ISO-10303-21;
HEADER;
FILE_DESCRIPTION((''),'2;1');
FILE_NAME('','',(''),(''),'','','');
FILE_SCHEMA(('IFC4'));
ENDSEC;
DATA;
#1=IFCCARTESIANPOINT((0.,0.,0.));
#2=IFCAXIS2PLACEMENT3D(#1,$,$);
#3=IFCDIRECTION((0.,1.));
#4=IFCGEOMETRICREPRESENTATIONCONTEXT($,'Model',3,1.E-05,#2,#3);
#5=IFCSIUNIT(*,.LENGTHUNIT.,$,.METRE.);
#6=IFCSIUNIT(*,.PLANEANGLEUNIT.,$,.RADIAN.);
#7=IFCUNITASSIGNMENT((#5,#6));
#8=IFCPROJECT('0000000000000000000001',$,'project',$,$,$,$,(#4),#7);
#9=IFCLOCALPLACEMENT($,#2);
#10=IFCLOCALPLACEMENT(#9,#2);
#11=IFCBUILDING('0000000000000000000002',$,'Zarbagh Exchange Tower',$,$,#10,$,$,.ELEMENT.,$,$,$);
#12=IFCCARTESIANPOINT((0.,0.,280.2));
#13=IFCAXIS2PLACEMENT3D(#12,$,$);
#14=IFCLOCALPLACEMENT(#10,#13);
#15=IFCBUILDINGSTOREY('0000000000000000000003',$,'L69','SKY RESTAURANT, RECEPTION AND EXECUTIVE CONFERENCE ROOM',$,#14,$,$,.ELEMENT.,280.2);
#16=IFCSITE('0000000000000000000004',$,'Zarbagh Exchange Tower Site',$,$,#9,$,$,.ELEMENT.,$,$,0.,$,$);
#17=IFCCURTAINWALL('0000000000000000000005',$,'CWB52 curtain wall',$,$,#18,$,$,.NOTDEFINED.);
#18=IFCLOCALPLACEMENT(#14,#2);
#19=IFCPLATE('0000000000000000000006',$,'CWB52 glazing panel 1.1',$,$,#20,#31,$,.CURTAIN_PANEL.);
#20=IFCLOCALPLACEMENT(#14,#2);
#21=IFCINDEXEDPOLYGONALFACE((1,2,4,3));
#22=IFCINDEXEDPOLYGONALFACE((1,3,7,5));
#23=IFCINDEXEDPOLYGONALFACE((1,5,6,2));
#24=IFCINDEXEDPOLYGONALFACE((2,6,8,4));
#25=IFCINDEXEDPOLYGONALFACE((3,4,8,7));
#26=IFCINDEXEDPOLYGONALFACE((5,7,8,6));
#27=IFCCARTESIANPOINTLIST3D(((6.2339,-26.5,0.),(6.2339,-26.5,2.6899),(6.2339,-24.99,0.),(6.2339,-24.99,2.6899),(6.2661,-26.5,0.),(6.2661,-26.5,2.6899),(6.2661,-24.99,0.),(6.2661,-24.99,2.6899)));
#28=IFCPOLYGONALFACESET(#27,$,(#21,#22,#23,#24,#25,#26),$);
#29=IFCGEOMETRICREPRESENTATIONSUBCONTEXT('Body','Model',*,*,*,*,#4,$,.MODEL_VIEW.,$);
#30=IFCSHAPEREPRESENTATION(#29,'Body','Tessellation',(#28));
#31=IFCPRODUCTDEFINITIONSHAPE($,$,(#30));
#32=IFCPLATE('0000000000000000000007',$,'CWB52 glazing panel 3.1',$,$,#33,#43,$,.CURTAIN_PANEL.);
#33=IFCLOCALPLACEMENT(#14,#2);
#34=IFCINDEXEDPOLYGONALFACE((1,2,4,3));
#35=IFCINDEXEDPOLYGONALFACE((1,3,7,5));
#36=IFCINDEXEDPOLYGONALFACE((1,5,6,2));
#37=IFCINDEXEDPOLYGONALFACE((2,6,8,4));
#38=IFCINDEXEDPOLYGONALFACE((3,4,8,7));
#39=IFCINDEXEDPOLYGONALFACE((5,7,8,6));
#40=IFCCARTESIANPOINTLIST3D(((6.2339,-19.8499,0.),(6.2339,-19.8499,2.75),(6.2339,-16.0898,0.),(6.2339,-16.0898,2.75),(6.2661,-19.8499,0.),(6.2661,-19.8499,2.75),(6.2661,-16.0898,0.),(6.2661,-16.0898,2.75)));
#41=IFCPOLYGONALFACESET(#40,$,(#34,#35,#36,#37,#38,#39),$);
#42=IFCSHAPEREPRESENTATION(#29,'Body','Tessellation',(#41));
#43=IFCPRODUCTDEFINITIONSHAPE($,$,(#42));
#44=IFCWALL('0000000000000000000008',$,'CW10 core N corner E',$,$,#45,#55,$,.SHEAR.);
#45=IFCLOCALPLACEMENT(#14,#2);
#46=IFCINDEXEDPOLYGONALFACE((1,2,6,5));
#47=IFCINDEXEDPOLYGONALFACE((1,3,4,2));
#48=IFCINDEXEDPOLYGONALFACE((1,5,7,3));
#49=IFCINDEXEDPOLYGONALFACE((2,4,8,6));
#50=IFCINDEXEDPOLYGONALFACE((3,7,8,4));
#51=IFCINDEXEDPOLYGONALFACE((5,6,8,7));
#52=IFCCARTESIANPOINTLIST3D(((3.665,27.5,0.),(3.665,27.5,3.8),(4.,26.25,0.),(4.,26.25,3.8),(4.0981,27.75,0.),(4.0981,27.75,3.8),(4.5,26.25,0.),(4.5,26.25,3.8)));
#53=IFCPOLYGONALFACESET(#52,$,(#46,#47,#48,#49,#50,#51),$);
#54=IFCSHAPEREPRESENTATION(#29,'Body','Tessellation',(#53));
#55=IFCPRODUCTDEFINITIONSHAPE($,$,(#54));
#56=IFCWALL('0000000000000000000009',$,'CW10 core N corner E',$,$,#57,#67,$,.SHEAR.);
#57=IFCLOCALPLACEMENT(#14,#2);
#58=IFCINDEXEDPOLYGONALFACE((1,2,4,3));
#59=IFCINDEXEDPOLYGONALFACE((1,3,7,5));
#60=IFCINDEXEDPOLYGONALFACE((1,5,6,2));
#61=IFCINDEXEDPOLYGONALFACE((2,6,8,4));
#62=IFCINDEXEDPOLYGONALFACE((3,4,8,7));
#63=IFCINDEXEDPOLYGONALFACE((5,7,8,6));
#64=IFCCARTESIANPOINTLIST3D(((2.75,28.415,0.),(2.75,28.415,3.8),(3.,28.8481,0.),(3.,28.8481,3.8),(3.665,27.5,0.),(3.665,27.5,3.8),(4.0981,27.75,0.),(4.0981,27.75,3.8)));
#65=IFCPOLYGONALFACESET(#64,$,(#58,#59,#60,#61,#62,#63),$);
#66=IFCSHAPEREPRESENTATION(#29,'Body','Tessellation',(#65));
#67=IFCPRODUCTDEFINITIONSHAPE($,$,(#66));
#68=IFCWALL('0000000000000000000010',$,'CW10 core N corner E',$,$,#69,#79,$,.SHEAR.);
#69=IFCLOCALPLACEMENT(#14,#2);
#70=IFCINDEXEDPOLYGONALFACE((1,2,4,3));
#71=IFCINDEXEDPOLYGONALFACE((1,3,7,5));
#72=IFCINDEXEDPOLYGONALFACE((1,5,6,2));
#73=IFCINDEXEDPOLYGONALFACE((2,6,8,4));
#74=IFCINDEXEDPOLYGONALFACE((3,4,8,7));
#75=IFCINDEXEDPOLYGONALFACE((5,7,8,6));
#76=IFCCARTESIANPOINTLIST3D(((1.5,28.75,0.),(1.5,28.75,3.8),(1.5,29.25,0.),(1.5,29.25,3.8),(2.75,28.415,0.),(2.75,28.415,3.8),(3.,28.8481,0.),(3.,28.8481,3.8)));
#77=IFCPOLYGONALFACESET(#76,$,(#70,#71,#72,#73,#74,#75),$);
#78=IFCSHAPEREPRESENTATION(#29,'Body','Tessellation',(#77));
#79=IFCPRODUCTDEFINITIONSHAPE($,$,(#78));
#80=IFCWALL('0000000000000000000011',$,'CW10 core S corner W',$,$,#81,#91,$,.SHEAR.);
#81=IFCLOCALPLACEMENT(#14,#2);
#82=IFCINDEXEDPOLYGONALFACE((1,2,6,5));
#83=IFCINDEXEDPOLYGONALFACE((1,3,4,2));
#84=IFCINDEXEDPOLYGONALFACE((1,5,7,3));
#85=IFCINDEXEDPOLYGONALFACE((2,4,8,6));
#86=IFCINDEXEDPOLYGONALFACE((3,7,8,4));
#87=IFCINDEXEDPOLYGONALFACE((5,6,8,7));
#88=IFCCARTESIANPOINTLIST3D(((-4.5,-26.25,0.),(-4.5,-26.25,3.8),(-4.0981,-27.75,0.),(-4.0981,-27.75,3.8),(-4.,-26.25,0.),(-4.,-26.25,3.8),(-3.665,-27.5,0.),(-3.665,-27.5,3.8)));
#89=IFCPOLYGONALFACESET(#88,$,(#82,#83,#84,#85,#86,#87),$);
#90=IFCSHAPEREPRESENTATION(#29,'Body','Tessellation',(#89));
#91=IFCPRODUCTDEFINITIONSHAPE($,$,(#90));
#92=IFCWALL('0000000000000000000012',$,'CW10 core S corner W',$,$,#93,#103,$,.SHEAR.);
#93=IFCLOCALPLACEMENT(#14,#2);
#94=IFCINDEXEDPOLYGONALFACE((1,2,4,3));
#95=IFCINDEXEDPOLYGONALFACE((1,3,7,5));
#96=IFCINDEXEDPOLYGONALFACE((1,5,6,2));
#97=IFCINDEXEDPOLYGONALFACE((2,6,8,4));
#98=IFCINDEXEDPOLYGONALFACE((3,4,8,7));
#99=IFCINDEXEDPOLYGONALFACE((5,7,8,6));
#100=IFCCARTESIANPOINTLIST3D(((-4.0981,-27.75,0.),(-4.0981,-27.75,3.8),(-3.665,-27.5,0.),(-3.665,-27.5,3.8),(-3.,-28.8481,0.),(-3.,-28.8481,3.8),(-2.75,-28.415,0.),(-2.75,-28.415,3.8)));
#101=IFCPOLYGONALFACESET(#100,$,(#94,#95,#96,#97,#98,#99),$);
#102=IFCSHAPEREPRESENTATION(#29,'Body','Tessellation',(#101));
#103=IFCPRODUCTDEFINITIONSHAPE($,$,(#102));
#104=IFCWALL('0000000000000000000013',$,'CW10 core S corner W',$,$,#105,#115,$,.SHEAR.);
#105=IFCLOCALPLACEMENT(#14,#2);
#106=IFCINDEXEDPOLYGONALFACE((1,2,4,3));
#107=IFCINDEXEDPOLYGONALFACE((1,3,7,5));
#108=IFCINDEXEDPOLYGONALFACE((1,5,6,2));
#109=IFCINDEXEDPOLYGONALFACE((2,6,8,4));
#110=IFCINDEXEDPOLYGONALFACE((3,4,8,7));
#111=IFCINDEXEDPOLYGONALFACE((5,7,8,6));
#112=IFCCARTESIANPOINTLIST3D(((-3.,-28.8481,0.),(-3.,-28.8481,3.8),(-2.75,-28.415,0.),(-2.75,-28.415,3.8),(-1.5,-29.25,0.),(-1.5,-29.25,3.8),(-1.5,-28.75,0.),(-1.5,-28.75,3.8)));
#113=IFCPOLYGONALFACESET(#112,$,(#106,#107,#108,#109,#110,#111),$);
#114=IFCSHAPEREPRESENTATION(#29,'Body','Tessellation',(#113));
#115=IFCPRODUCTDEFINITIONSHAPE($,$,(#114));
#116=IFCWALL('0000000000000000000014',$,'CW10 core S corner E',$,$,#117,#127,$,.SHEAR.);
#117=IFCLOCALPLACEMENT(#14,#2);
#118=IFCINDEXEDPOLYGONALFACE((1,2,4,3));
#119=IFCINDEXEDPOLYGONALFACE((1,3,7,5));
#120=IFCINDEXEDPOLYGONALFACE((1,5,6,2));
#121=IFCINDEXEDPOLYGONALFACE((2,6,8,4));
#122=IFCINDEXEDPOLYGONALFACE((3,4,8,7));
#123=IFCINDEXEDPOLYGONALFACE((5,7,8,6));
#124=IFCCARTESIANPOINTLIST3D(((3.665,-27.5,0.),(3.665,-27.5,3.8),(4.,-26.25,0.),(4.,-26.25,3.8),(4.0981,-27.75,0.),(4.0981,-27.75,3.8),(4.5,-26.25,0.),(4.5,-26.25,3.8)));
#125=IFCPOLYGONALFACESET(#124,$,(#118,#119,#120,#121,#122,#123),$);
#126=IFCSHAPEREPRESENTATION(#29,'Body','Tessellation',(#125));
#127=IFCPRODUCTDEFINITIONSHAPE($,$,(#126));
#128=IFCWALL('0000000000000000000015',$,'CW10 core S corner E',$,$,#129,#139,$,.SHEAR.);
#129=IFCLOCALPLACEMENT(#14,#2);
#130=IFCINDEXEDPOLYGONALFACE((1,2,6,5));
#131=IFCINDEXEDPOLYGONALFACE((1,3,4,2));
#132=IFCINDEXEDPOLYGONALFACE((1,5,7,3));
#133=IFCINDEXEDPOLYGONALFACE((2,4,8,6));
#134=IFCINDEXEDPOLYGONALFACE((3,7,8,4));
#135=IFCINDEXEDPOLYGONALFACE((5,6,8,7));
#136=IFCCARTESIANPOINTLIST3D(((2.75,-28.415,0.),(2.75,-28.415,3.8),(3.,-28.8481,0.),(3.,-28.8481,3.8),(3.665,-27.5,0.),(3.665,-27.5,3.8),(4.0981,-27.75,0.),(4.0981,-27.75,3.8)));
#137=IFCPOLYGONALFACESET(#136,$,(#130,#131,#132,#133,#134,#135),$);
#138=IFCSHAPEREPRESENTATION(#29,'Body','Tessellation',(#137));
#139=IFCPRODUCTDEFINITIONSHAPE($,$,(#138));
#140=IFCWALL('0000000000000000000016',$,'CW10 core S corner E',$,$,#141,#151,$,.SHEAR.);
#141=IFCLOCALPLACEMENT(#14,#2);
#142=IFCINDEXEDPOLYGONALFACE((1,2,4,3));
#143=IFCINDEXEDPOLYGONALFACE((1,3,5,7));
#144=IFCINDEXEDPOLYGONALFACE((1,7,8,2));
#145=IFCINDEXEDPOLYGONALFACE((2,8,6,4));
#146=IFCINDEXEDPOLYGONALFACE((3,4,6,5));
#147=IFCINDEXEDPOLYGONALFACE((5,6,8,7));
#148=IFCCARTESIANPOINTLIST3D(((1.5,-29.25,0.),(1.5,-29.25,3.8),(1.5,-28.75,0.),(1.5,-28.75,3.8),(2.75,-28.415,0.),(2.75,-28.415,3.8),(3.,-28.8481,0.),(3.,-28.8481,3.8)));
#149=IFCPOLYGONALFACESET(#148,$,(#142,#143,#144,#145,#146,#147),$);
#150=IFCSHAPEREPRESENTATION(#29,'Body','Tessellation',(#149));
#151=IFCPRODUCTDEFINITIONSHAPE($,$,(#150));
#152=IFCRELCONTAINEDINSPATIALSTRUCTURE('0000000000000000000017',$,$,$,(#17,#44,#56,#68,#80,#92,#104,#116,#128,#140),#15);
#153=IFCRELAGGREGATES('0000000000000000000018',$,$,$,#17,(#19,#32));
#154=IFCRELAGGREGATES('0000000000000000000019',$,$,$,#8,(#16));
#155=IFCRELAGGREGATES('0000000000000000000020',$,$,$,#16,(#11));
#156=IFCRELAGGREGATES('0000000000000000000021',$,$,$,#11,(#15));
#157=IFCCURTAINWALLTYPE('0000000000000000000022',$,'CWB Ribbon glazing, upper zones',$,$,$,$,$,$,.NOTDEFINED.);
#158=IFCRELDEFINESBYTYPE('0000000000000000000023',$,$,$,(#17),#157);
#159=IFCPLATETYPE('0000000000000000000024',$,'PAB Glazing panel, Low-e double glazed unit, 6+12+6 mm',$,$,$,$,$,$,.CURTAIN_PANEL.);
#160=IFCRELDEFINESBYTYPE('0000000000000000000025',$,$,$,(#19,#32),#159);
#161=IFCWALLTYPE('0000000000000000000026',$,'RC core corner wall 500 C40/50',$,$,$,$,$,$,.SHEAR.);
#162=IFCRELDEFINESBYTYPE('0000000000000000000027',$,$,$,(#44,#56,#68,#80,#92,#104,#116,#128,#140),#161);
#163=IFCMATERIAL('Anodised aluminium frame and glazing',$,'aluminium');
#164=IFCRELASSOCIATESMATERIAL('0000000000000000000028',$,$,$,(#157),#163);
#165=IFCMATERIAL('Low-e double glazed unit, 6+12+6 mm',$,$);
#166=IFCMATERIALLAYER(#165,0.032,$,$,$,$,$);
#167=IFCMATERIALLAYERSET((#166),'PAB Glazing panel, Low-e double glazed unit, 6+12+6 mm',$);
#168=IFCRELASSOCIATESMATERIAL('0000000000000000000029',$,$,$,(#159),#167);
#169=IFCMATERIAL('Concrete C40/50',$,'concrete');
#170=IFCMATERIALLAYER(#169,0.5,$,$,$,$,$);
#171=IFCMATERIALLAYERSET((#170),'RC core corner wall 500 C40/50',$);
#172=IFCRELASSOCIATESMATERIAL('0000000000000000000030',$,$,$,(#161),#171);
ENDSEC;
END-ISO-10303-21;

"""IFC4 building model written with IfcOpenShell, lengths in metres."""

from ifc_helpers import new_model, si_unit, direction, frame, origin, place, context, subcontext, project, spatial, polyline, outline, extrude, source, transform, mapped, material, layer, layer_set, type_object, element, aggregate, save


model = new_model("IFC4")

# Units and contexts
model_context = context("Model", 3, precision=1e-05, world=origin(), true_north=direction((0.0, 1.0)))
body_context = subcontext(model_context, "Body", "Model", "MODEL_VIEW")
ifc_project = project(units=[si_unit("LENGTHUNIT", "METRE"), si_unit("PLANEANGLEUNIT", "RADIAN")], contexts=[model_context])

# Site, building, storey
site_placement = place(None, origin())
site = spatial("IfcSite", under=ifc_project, at=site_placement, Name="Zarbagh Exchange Tower Site", CompositionType="ELEMENT", RefElevation=0.0)
building_placement = place(site_placement, origin())
building = spatial("IfcBuilding", under=site, at=building_placement, Name="Zarbagh Exchange Tower", CompositionType="ELEMENT")
storey_placement = place(building_placement, frame((0.0, 0.0, 280.2)))
storey = spatial("IfcBuildingStorey", under=building, at=storey_placement, Name="L69", Description="SKY RESTAURANT, RECEPTION AND EXECUTIVE CONFERENCE ROOM", CompositionType="ELEMENT", Elevation=280.2)

# Shared definitions
ifc_material_1 = material(Name="Anodised aluminium frame and glazing", Category="aluminium")
curtain_wall_type = type_object("IfcCurtainWallType", Name="CWB Ribbon glazing, upper zones", PredefinedType="NOTDEFINED", material=ifc_material_1)
placement = place(storey_placement, origin())

# Curtain wall
curtain_wall_1_placement = place(storey_placement, origin())
curtain_wall_1 = element("IfcCurtainWall", 1, at=curtain_wall_1_placement, inside=storey, type_object=curtain_wall_type, Name="CWB52 curtain wall", PredefinedType="NOTDEFINED")

# Shared definitions
ifc_material_2 = material(Name="Concrete C40/50", Category="concrete")

# Shared definitions
ifc_material_3 = material(Name="Low-e double glazed unit, 6+12+6 mm")
ifc_layer_1 = layer(ifc_material_3, 0.032)
ifc_layer_set_1 = layer_set([ifc_layer_1], Name="PAB Glazing panel, Low-e double glazed unit, 6+12+6 mm")
plate_type = type_object("IfcPlateType", Name="PAB Glazing panel, Low-e double glazed unit, 6+12+6 mm", PredefinedType="CURTAIN_PANEL", material=ifc_layer_set_1)

# Plates
shared_shape_1 = source(origin(), body_context, "Body", "SweptSolid", [
    extrude(outline(polyline([(0.0, -0.0161), (1.51, -0.0161), (1.51, 0.0161), (0.0, 0.0161), (0.0, -0.0161)])), origin(), (0.0, 0.0, 1.0), 2.6899),
])
plate_1 = element("IfcPlate", 2, at=placement, type_object=plate_type, Name="CWB52 glazing panel 1.1", PredefinedType="CURTAIN_PANEL", context=body_context, shape_type="MappedRepresentation", body=[
    mapped(shared_shape_1, transform((6.25, -26.5, 0.0), x_axis=(0.0, 1.0, 0.0), y_axis=(-1.0, 0.0, 0.0), z_axis=(0.0, 0.0, 1.0))),
])
shared_shape_2 = source(origin(), body_context, "Body", "SweptSolid", [
    extrude(outline(polyline([(0.0, -0.0161), (3.76, -0.0161), (3.76, 0.0161), (0.0, 0.0161), (0.0, -0.0161)])), origin(), (0.0, 0.0, 1.0), 2.75),
])
plate_2 = element("IfcPlate", 3, at=placement, type_object=plate_type, Name="CWB52 glazing panel 3.1", PredefinedType="CURTAIN_PANEL", context=body_context, shape_type="MappedRepresentation", body=[
    mapped(shared_shape_2, transform((6.25, -19.8499, 0.0), x_axis=(0.0, 1.0, 0.0), y_axis=(-1.0, 0.0, 0.0), z_axis=(0.0, 0.0, 1.0))),
])
aggregate(curtain_wall_1, [plate_1, plate_2])

# Walls
ifc_layer_2 = layer(ifc_material_2, 0.5)
ifc_layer_set_2 = layer_set([ifc_layer_2], Name="RC core corner wall 500 C40/50")
wall_type = type_object("IfcWallType", Name="RC core corner wall 500 C40/50", PredefinedType="SHEAR", material=ifc_layer_set_2)
wall_1_placement = place(storey_placement, origin())
element("IfcWall", 4, at=wall_1_placement, inside=storey, type_object=wall_type, Name="CW10 core N corner E", PredefinedType="SHEAR", context=body_context, shape_type="SweptSolid", body=[
    extrude(outline(polyline([(4.5, 26.25), (4.0981, 27.75), (3.665, 27.5), (4.0, 26.25), (4.5, 26.25)])), origin(), (0.0, 0.0, 1.0), 3.8),
])
wall_2_placement = place(storey_placement, origin())
element("IfcWall", 5, at=wall_2_placement, inside=storey, type_object=wall_type, Name="CW10 core N corner E", PredefinedType="SHEAR", context=body_context, shape_type="SweptSolid", body=[
    extrude(outline(polyline([(4.0981, 27.75), (3.0, 28.8481), (2.75, 28.415), (3.665, 27.5), (4.0981, 27.75)])), origin(), (0.0, 0.0, 1.0), 3.8),
])
wall_3_placement = place(storey_placement, origin())
element("IfcWall", 6, at=wall_3_placement, inside=storey, type_object=wall_type, Name="CW10 core N corner E", PredefinedType="SHEAR", context=body_context, shape_type="SweptSolid", body=[
    extrude(outline(polyline([(3.0, 28.8481), (1.5, 29.25), (1.5, 28.75), (2.75, 28.415), (3.0, 28.8481)])), origin(), (0.0, 0.0, 1.0), 3.8),
])
wall_4_placement = place(storey_placement, origin())
element("IfcWall", 7, at=wall_4_placement, inside=storey, type_object=wall_type, Name="CW10 core S corner W", PredefinedType="SHEAR", context=body_context, shape_type="SweptSolid", body=[
    extrude(outline(polyline([(-4.5, -26.25), (-4.0981, -27.75), (-3.665, -27.5), (-4.0, -26.25), (-4.5, -26.25)])), origin(), (0.0, 0.0, 1.0), 3.8),
])
wall_5_placement = place(storey_placement, origin())
element("IfcWall", 8, at=wall_5_placement, inside=storey, type_object=wall_type, Name="CW10 core S corner W", PredefinedType="SHEAR", context=body_context, shape_type="SweptSolid", body=[
    extrude(outline(polyline([(-4.0981, -27.75), (-3.0, -28.8481), (-2.75, -28.415), (-3.665, -27.5), (-4.0981, -27.75)])), origin(), (0.0, 0.0, 1.0), 3.8),
])
wall_6_placement = place(storey_placement, origin())
element("IfcWall", 9, at=wall_6_placement, inside=storey, type_object=wall_type, Name="CW10 core S corner W", PredefinedType="SHEAR", context=body_context, shape_type="SweptSolid", body=[
    extrude(outline(polyline([(-3.0, -28.8481), (-1.5, -29.25), (-1.5, -28.75), (-2.75, -28.415), (-3.0, -28.8481)])), origin(), (0.0, 0.0, 1.0), 3.8),
])
wall_7_placement = place(storey_placement, origin())
element("IfcWall", 10, at=wall_7_placement, inside=storey, type_object=wall_type, Name="CW10 core S corner E", PredefinedType="SHEAR", context=body_context, shape_type="SweptSolid", body=[
    extrude(outline(polyline([(4.5, -26.25), (4.0981, -27.75), (3.665, -27.5), (4.0, -26.25), (4.5, -26.25)])), origin(), (0.0, 0.0, 1.0), 3.8),
])
wall_8_placement = place(storey_placement, origin())
element("IfcWall", 11, at=wall_8_placement, inside=storey, type_object=wall_type, Name="CW10 core S corner E", PredefinedType="SHEAR", context=body_context, shape_type="SweptSolid", body=[
    extrude(outline(polyline([(4.0981, -27.75), (3.0, -28.8481), (2.75, -28.415), (3.665, -27.5), (4.0981, -27.75)])), origin(), (0.0, 0.0, 1.0), 3.8),
])
wall_9_placement = place(storey_placement, origin())
element("IfcWall", 12, at=wall_9_placement, inside=storey, type_object=wall_type, Name="CW10 core S corner E", PredefinedType="SHEAR", context=body_context, shape_type="SweptSolid", body=[
    extrude(outline(polyline([(3.0, -28.8481), (1.5, -29.25), (1.5, -28.75), (2.75, -28.415), (3.0, -28.8481)])), origin(), (0.0, 0.0, 1.0), 3.8),
])

save(model, "model.ifc")
